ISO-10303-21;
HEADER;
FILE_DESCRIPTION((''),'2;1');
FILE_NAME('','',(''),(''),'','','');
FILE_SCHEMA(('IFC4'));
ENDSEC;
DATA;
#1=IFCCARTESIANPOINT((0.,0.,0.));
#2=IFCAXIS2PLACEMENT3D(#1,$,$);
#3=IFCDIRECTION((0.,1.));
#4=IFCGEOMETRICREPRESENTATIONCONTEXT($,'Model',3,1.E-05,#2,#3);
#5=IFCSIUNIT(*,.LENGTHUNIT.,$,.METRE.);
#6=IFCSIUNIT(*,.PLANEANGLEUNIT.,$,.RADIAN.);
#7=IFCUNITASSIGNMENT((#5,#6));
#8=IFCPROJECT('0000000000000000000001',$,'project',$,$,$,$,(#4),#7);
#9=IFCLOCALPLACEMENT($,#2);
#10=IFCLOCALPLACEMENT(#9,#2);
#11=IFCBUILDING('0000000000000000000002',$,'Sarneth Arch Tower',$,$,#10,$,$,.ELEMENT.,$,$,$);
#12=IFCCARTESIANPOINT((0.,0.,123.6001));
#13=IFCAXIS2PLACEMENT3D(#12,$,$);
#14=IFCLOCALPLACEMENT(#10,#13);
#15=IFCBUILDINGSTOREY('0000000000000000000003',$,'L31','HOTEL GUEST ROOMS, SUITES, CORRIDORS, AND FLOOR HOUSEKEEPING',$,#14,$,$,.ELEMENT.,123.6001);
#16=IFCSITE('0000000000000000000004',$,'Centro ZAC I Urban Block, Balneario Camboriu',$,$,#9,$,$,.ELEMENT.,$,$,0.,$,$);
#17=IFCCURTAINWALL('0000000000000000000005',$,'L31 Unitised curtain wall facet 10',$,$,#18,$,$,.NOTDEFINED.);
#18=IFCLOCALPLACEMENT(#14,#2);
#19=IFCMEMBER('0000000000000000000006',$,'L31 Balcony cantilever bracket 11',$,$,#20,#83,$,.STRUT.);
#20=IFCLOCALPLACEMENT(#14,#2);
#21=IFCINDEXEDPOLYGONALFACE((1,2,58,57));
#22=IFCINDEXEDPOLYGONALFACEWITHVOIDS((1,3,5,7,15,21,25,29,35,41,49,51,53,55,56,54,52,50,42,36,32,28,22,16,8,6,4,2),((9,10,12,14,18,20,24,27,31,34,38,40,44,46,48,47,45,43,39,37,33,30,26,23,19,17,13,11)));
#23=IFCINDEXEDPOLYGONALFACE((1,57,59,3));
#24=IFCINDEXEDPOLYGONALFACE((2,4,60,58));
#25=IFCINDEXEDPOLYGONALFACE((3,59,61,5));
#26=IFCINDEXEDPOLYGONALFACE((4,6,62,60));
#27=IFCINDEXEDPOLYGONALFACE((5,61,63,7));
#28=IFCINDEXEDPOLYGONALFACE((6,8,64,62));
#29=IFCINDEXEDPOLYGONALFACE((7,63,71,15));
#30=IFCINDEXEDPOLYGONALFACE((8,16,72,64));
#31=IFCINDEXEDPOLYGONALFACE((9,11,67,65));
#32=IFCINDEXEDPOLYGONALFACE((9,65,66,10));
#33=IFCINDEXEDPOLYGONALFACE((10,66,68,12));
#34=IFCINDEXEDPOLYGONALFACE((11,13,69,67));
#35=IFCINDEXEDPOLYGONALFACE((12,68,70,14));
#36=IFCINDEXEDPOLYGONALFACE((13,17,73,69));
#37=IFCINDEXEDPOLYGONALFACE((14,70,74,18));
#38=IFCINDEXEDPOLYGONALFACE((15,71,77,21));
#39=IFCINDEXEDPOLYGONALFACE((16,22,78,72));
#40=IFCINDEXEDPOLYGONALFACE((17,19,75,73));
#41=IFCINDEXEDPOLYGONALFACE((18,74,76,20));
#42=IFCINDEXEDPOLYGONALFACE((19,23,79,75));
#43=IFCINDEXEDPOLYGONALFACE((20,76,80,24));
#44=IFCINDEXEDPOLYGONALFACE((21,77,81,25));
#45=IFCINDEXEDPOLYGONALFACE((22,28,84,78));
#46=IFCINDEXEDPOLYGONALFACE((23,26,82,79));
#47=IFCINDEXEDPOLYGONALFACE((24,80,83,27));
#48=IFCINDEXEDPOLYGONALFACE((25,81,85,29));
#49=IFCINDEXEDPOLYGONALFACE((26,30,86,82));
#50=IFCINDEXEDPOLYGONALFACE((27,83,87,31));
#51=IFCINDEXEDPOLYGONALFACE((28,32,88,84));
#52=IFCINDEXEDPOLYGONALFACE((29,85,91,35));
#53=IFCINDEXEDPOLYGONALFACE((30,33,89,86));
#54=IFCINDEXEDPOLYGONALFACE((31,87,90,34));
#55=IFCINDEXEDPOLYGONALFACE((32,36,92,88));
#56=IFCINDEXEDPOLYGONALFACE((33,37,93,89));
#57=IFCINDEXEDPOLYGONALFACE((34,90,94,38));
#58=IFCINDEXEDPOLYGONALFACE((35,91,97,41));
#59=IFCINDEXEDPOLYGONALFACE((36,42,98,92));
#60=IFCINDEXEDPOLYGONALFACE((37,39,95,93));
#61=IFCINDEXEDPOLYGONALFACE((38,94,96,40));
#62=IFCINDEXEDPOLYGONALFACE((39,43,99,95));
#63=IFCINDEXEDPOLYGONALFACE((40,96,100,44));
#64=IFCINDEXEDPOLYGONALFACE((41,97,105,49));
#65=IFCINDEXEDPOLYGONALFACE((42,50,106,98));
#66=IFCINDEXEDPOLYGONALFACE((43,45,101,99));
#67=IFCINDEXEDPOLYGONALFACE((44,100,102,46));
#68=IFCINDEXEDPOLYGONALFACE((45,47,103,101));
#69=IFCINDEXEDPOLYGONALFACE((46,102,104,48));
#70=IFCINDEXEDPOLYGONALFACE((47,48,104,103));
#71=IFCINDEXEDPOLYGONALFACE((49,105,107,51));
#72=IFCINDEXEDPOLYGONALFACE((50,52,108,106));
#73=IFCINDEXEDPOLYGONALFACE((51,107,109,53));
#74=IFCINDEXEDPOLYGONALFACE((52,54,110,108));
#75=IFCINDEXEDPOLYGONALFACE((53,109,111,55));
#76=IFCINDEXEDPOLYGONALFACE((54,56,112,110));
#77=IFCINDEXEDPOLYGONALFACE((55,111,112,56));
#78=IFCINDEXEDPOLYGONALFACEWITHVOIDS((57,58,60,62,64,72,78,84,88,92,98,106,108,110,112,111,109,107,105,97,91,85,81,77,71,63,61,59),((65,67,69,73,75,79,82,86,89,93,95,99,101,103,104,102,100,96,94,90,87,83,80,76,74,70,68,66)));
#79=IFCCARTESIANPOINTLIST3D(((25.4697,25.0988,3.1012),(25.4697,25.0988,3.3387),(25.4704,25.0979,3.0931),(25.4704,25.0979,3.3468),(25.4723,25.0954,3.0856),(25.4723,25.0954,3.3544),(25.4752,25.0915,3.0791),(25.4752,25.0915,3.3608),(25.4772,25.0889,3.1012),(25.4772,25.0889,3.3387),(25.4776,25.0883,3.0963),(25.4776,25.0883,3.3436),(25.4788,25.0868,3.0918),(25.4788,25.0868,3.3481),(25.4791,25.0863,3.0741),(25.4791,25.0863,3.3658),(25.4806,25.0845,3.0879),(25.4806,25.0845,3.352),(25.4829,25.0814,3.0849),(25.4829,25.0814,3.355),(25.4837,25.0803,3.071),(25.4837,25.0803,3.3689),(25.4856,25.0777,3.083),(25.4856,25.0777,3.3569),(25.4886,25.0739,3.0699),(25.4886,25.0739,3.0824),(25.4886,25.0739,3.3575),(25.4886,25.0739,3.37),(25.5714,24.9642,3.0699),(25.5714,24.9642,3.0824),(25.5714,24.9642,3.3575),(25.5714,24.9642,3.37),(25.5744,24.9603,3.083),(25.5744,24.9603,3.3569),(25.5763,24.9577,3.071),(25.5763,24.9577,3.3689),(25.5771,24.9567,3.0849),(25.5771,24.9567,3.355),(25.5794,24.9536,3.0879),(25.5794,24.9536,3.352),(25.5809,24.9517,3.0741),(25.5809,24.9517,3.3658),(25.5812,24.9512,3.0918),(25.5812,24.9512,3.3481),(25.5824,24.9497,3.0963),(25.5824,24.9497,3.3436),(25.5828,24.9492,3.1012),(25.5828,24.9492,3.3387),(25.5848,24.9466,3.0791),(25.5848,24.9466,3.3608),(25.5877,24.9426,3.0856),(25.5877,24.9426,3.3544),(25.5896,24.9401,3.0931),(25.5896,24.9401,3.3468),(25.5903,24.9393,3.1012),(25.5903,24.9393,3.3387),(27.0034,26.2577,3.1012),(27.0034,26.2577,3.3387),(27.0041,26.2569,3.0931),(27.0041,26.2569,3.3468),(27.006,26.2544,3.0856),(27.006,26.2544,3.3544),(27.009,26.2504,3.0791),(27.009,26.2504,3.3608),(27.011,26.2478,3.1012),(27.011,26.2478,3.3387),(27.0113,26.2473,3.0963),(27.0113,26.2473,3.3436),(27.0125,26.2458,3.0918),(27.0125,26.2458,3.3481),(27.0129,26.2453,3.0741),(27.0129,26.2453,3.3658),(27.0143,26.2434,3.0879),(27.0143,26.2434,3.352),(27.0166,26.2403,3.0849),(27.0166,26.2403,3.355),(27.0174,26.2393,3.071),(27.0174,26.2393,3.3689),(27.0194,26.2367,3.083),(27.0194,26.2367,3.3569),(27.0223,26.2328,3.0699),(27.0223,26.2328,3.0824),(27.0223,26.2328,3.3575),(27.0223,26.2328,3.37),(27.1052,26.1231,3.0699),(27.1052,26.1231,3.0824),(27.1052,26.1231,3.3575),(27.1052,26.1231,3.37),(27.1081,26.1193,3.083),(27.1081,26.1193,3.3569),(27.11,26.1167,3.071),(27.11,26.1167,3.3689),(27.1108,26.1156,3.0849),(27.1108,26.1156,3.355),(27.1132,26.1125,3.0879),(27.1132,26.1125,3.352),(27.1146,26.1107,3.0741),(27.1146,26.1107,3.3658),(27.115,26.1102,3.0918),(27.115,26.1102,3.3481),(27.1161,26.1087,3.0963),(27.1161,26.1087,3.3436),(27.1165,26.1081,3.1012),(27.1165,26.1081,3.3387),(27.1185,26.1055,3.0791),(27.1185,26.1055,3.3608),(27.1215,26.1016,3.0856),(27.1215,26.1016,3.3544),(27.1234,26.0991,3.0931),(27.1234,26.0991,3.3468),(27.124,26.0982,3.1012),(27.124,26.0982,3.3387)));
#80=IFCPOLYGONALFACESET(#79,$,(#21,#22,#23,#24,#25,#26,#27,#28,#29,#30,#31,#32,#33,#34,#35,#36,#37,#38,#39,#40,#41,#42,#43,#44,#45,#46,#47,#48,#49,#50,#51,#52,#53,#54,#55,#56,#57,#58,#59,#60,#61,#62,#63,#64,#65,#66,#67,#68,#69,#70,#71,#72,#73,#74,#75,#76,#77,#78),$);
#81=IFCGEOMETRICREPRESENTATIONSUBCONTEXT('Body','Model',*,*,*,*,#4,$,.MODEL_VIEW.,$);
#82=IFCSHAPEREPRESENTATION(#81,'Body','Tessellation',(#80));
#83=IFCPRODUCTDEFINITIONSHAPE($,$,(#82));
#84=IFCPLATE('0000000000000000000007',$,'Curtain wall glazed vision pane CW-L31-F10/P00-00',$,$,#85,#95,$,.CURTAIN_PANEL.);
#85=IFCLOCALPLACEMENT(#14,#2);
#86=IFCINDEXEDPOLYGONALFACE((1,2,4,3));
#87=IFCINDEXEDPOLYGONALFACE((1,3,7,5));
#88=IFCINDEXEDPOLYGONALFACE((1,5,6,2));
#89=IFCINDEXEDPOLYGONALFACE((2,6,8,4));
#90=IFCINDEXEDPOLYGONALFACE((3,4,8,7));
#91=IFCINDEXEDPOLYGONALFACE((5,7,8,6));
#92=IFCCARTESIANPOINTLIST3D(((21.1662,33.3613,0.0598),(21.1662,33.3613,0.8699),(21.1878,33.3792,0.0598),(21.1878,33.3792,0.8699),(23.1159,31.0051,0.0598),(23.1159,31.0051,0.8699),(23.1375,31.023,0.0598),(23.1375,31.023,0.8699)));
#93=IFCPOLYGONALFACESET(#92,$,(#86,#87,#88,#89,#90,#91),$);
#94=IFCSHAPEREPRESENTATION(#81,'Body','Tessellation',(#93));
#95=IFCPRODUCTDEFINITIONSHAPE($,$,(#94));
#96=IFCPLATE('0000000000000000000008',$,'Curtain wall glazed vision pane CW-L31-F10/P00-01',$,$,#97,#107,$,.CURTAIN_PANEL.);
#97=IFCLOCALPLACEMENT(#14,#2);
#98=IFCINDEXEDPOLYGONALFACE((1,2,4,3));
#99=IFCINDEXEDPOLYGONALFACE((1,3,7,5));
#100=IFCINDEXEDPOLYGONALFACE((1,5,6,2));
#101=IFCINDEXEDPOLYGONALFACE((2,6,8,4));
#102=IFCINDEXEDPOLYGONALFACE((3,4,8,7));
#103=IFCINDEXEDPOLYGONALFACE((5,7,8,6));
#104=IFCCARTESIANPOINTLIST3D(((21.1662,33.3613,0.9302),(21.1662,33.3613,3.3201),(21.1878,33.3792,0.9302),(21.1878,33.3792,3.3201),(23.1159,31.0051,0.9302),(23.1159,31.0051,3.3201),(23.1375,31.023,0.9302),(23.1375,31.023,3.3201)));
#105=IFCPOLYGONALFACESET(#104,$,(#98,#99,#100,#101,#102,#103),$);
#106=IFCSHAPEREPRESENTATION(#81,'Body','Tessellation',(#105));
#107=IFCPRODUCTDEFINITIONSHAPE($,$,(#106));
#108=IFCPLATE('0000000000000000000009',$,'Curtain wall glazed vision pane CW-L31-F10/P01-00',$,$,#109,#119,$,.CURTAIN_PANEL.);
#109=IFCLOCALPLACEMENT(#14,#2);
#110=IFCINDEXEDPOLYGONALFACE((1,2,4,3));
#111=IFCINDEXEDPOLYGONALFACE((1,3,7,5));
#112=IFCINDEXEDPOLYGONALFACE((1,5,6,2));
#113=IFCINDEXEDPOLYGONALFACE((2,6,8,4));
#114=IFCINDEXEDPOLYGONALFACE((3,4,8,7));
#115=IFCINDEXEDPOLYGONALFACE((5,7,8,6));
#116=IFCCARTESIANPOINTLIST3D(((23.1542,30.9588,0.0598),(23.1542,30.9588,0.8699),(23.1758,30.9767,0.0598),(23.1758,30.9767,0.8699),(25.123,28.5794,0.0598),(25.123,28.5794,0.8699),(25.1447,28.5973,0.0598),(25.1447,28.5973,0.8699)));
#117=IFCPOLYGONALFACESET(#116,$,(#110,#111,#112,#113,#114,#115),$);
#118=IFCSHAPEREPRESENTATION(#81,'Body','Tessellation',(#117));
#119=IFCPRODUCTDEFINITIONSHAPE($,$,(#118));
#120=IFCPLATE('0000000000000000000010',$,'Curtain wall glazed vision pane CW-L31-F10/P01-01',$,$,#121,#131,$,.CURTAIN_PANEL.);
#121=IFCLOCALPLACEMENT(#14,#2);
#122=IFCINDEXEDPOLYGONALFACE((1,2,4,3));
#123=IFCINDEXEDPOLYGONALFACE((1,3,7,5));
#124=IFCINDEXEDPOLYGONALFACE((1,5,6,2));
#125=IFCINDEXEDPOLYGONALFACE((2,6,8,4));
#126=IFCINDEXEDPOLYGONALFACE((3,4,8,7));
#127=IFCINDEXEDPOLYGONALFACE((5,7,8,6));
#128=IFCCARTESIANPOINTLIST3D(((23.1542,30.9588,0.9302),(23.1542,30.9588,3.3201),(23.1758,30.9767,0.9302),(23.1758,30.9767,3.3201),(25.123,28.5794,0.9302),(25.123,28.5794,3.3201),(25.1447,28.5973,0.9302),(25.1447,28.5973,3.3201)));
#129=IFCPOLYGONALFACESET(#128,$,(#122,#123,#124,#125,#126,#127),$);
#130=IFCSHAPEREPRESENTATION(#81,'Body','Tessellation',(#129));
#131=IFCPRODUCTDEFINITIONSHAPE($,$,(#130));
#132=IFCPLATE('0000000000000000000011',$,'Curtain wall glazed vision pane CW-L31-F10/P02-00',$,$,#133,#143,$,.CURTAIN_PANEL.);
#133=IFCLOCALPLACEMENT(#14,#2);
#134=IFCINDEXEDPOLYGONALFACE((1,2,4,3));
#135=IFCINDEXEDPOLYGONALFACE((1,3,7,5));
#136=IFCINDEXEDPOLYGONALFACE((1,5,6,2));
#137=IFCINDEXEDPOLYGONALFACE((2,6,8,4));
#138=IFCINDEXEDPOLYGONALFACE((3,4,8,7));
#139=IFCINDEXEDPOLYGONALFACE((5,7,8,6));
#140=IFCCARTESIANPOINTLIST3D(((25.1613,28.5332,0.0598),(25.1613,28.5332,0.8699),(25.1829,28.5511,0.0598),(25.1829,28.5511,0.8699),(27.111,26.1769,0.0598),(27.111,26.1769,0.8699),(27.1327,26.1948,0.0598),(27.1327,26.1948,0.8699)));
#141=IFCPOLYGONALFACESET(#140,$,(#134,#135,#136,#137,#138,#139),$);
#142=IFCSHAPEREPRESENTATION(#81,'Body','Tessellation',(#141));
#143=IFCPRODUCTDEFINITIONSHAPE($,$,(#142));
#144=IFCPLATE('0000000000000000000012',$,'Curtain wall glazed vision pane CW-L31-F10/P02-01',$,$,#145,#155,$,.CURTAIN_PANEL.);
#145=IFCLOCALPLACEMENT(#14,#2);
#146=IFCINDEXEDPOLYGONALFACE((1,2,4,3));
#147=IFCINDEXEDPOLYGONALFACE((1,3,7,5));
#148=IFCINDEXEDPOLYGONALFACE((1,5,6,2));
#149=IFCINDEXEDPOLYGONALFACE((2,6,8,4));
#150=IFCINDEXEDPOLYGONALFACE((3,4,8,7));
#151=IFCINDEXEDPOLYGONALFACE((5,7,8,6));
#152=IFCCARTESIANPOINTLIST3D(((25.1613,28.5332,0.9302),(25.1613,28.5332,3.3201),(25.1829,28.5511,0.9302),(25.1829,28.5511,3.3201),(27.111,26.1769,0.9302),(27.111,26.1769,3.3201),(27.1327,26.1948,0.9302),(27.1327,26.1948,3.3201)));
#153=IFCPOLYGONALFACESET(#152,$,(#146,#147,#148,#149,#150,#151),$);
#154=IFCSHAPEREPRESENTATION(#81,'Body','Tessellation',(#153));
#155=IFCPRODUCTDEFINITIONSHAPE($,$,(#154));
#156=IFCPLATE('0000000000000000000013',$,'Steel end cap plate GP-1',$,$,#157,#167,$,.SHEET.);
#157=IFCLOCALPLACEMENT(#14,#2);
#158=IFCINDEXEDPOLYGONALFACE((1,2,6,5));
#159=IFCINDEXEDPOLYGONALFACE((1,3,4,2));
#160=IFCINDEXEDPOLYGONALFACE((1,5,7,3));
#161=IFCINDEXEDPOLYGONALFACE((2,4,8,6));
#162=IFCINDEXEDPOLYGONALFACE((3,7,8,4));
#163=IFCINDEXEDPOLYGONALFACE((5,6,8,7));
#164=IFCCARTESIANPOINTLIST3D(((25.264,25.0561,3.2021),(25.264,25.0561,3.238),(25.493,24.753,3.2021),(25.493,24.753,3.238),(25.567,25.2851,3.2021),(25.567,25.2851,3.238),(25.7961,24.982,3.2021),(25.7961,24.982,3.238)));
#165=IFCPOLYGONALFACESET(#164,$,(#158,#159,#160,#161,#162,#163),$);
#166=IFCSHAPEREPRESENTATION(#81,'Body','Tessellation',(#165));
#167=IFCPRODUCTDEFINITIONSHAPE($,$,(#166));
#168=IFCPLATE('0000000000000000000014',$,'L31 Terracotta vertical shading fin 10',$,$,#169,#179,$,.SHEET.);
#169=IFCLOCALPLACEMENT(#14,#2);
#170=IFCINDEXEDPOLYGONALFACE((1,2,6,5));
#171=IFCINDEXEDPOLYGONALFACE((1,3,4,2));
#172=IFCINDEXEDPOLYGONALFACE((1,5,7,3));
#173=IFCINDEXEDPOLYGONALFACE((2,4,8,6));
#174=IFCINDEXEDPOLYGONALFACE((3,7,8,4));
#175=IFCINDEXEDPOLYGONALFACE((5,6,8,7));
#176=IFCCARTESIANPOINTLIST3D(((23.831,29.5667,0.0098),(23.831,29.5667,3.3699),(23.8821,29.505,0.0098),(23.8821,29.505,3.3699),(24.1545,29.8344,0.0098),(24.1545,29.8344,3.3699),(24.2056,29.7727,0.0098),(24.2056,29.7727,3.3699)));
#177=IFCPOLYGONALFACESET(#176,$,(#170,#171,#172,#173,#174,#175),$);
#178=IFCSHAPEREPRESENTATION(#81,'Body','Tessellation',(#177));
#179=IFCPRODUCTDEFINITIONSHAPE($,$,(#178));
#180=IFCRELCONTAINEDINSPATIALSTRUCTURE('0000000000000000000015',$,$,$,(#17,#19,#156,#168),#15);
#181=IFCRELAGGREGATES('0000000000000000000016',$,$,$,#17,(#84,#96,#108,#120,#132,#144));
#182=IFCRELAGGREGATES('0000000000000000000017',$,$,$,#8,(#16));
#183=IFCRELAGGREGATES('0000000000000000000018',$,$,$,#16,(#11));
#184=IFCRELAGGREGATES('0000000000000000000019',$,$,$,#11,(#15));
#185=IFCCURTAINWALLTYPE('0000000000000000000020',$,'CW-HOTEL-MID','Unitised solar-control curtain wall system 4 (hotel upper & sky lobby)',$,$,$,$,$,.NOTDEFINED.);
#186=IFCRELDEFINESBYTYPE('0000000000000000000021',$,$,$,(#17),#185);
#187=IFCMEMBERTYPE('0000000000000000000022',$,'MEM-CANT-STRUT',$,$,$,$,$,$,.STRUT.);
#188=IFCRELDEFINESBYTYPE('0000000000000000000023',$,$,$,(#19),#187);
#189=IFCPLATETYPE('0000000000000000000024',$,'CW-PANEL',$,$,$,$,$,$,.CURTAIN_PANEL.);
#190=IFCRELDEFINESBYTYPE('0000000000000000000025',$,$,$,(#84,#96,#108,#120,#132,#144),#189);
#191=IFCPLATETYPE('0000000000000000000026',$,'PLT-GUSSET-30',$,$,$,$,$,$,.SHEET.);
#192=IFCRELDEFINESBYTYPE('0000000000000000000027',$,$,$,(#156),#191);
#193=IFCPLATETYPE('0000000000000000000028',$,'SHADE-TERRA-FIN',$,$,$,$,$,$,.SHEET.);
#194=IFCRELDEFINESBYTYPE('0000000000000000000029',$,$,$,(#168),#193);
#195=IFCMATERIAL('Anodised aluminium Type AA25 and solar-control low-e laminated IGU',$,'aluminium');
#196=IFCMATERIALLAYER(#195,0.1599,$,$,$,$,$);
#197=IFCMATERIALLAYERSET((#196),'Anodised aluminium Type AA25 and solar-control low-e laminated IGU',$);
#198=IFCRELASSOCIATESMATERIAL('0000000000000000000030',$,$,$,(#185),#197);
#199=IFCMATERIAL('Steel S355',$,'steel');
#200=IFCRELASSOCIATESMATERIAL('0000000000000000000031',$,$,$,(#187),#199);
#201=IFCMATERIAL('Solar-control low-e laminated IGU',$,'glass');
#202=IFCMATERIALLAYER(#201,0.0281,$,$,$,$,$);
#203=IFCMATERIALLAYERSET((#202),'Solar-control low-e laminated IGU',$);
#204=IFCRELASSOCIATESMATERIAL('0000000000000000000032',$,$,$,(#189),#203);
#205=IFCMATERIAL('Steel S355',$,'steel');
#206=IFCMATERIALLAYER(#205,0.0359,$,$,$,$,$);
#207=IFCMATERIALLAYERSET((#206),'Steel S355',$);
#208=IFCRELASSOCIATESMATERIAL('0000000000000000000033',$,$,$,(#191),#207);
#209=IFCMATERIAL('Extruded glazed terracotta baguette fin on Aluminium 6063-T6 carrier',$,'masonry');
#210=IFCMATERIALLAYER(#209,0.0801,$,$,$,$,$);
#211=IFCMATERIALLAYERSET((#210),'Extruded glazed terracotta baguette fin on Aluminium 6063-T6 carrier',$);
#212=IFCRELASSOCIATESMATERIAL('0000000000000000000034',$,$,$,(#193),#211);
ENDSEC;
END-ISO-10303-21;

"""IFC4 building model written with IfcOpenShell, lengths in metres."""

from ifc_helpers import new_model, si_unit, direction, frame, origin, origin_2d, place, context, subcontext, project, spatial, rectangle, hollow_rectangle, extrude, material, layer, layer_set, material_profile, profile_set, type_object, element, aggregate, save


model = new_model("IFC4")

# Units and contexts
model_context = context("Model", 3, precision=1e-05, world=origin(), true_north=direction((0.0, 1.0)))
body_context = subcontext(model_context, "Body", "Model", "MODEL_VIEW")
ifc_project = project(units=[si_unit("LENGTHUNIT", "METRE"), si_unit("PLANEANGLEUNIT", "RADIAN")], contexts=[model_context])

# Site, building, storey
site_placement = place(None, origin())
site = spatial("IfcSite", under=ifc_project, at=site_placement, Name="Centro ZAC I Urban Block, Balneario Camboriu", CompositionType="ELEMENT", RefElevation=0.0)
building_placement = place(site_placement, origin())
building = spatial("IfcBuilding", under=site, at=building_placement, Name="Sarneth Arch Tower", CompositionType="ELEMENT")
storey_placement = place(building_placement, frame((0.0, 0.0, 123.6001)))
storey = spatial("IfcBuildingStorey", under=building, at=storey_placement, Name="L31", Description="HOTEL GUEST ROOMS, SUITES, CORRIDORS, AND FLOOR HOUSEKEEPING", CompositionType="ELEMENT", Elevation=123.6001)

# Curtain wall
ifc_material_1 = material(Name="Anodised aluminium Type AA25 and solar-control low-e laminated IGU", Category="aluminium")
ifc_layer_1 = layer(ifc_material_1, 0.1599)
ifc_layer_set_1 = layer_set([ifc_layer_1], Name="Anodised aluminium Type AA25 and solar-control low-e laminated IGU")
curtain_wall_type = type_object("IfcCurtainWallType", Name="CW-HOTEL-MID", Description="Unitised solar-control curtain wall system 4 (hotel upper & sky lobby)", PredefinedType="NOTDEFINED", material=ifc_layer_set_1)
curtain_wall_placement = place(storey_placement, origin())
curtain_wall = element("IfcCurtainWall", 1, at=curtain_wall_placement, inside=storey, type_object=curtain_wall_type, Name="L31 Unitised curtain wall facet 10", PredefinedType="NOTDEFINED")

# Member
ifc_material_2 = material(Name="Steel S355", Category="steel")
ifc_material_profile_1 = material_profile(ifc_material_2, hollow_rectangle(XDim=0.2, YDim=0.3, WallThickness=0.0125, InnerFilletRadius=0.0188, OuterFilletRadius=0.0312, at=origin_2d()), Name="RHS300x200x12.5")
ifc_profile_set_1 = profile_set([ifc_material_profile_1], Name="Steel S355")
member_type_1 = type_object("IfcMemberType", Name="MEM-CANT-STRUT", PredefinedType="STRUT", material=ifc_profile_set_1)
member_1_placement = place(storey_placement, frame((27.0637, 26.178, 3.22), z_axis=(-0.797831, -0.602882, 0.0), x_axis=(0.602882, -0.797831, 0.0)))
element("IfcMember", 2, at=member_1_placement, inside=storey, type_object=member_type_1, Name="L31 Balcony cantilever bracket 11", PredefinedType="STRUT", context=body_context, shape_type="SweptSolid", body=[
    extrude(hollow_rectangle(XDim=0.2, YDim=0.3, WallThickness=0.0125, InnerFilletRadius=0.0188, OuterFilletRadius=0.0312, at=origin_2d()), origin(), (0.0, 0.0, 1.0), 1.9224),
])

# Plates
ifc_material_3 = material(Name="Solar-control low-e laminated IGU", Category="glass")
ifc_layer_2 = layer(ifc_material_3, 0.0281)
ifc_layer_set_2 = layer_set([ifc_layer_2], Name="Solar-control low-e laminated IGU")
plate_type_1 = type_object("IfcPlateType", Name="CW-PANEL", PredefinedType="CURTAIN_PANEL", material=ifc_layer_set_2)
plate_1_placement = place(storey_placement, frame((22.1519, 32.1921, 0.0598), z_axis=(0.0, 0.0, 1.0), x_axis=(0.637515, -0.770438, 0.0)))
plate_1 = element("IfcPlate", 3, at=plate_1_placement, type_object=plate_type_1, Name="Curtain wall glazed vision pane CW-L31-F10/P00-00", PredefinedType="CURTAIN_PANEL", context=body_context, shape_type="SweptSolid", body=[
    extrude(rectangle(XDim=3.0583, YDim=0.0281, at=origin_2d()), origin(), (0.0, 0.0, 1.0), 0.8101),
])
plate_2_placement = place(storey_placement, frame((22.1519, 32.1921, 0.9302), z_axis=(0.0, 0.0, 1.0), x_axis=(0.637515, -0.770438, 0.0)))
plate_2 = element("IfcPlate", 4, at=plate_2_placement, type_object=plate_type_1, Name="Curtain wall glazed vision pane CW-L31-F10/P00-01", PredefinedType="CURTAIN_PANEL", context=body_context, shape_type="SweptSolid", body=[
    extrude(rectangle(XDim=3.0583, YDim=0.0281, at=origin_2d()), origin(), (0.0, 0.0, 1.0), 2.3899),
])
plate_3_placement = place(storey_placement, frame((24.1494, 29.7781, 0.0598), z_axis=(0.0, 0.0, 1.0), x_axis=(0.637515, -0.770438, 0.0)))
plate_3 = element("IfcPlate", 5, at=plate_3_placement, type_object=plate_type_1, Name="Curtain wall glazed vision pane CW-L31-F10/P01-00", PredefinedType="CURTAIN_PANEL", context=body_context, shape_type="SweptSolid", body=[
    extrude(rectangle(XDim=3.0884, YDim=0.0281, at=origin_2d()), origin(), (0.0, 0.0, 1.0), 0.8101),
])
plate_4_placement = place(storey_placement, frame((24.1494, 29.7781, 0.9302), z_axis=(0.0, 0.0, 1.0), x_axis=(0.637515, -0.770438, 0.0)))
plate_4 = element("IfcPlate", 6, at=plate_4_placement, type_object=plate_type_1, Name="Curtain wall glazed vision pane CW-L31-F10/P01-01", PredefinedType="CURTAIN_PANEL", context=body_context, shape_type="SweptSolid", body=[
    extrude(rectangle(XDim=3.0884, YDim=0.0281, at=origin_2d()), origin(), (0.0, 0.0, 1.0), 2.3899),
])
plate_5_placement = place(storey_placement, frame((26.147, 27.364, 0.0598), z_axis=(0.0, 0.0, 1.0), x_axis=(0.637515, -0.770438, 0.0)))
plate_5 = element("IfcPlate", 7, at=plate_5_placement, type_object=plate_type_1, Name="Curtain wall glazed vision pane CW-L31-F10/P02-00", PredefinedType="CURTAIN_PANEL", context=body_context, shape_type="SweptSolid", body=[
    extrude(rectangle(XDim=3.0583, YDim=0.0281, at=origin_2d()), origin(), (0.0, 0.0, 1.0), 0.8101),
])
plate_6_placement = place(storey_placement, frame((26.147, 27.364, 0.9302), z_axis=(0.0, 0.0, 1.0), x_axis=(0.637515, -0.770438, 0.0)))
plate_6 = element("IfcPlate", 8, at=plate_6_placement, type_object=plate_type_1, Name="Curtain wall glazed vision pane CW-L31-F10/P02-01", PredefinedType="CURTAIN_PANEL", context=body_context, shape_type="SweptSolid", body=[
    extrude(rectangle(XDim=3.0583, YDim=0.0281, at=origin_2d()), origin(), (0.0, 0.0, 1.0), 2.3899),
])
aggregate(curtain_wall, [plate_1, plate_2, plate_3, plate_4, plate_5, plate_6])

# Plates
ifc_material_4 = material(Name="Steel S355", Category="steel")
ifc_layer_3 = layer(ifc_material_4, 0.0359)
ifc_layer_set_3 = layer_set([ifc_layer_3], Name="Steel S355")
plate_type_2 = type_object("IfcPlateType", Name="PLT-GUSSET-30", PredefinedType="SHEET", material=ifc_layer_set_3)
plate_7_placement = place(storey_placement, frame((25.53, 25.019, 3.2021), z_axis=(0.0, 0.0, 1.0), x_axis=(-0.797794, -0.60293, 0.0)))
element("IfcPlate", 9, at=plate_7_placement, inside=storey, type_object=plate_type_2, Name="Steel end cap plate GP-1", PredefinedType="SHEET", context=body_context, shape_type="SweptSolid", body=[
    extrude(rectangle(XDim=0.3799, YDim=0.3799, at=origin_2d()), origin(), (0.0, 0.0, 1.0), 0.0359),
])
ifc_material_5 = material(Name="Extruded glazed terracotta baguette fin on Aluminium 6063-T6 carrier", Category="masonry")
ifc_layer_4 = layer(ifc_material_5, 0.0801)
ifc_layer_set_4 = layer_set([ifc_layer_4], Name="Extruded glazed terracotta baguette fin on Aluminium 6063-T6 carrier")
plate_type_3 = type_object("IfcPlateType", Name="SHADE-TERRA-FIN", PredefinedType="SHEET", material=ifc_layer_set_4)
plate_8_placement = place(storey_placement, frame((24.0183, 29.6697, 0.0098), z_axis=(0.0, 0.0, 1.0), x_axis=(-0.770402, -0.637558, 0.0)))
element("IfcPlate", 10, at=plate_8_placement, inside=storey, type_object=plate_type_3, Name="L31 Terracotta vertical shading fin 10", PredefinedType="SHEET", context=body_context, shape_type="SweptSolid", body=[
    extrude(rectangle(XDim=0.4199, YDim=0.0801, at=origin_2d()), origin(), (0.0, 0.0, 1.0), 3.3601),
])

save(model, "model.ifc")
